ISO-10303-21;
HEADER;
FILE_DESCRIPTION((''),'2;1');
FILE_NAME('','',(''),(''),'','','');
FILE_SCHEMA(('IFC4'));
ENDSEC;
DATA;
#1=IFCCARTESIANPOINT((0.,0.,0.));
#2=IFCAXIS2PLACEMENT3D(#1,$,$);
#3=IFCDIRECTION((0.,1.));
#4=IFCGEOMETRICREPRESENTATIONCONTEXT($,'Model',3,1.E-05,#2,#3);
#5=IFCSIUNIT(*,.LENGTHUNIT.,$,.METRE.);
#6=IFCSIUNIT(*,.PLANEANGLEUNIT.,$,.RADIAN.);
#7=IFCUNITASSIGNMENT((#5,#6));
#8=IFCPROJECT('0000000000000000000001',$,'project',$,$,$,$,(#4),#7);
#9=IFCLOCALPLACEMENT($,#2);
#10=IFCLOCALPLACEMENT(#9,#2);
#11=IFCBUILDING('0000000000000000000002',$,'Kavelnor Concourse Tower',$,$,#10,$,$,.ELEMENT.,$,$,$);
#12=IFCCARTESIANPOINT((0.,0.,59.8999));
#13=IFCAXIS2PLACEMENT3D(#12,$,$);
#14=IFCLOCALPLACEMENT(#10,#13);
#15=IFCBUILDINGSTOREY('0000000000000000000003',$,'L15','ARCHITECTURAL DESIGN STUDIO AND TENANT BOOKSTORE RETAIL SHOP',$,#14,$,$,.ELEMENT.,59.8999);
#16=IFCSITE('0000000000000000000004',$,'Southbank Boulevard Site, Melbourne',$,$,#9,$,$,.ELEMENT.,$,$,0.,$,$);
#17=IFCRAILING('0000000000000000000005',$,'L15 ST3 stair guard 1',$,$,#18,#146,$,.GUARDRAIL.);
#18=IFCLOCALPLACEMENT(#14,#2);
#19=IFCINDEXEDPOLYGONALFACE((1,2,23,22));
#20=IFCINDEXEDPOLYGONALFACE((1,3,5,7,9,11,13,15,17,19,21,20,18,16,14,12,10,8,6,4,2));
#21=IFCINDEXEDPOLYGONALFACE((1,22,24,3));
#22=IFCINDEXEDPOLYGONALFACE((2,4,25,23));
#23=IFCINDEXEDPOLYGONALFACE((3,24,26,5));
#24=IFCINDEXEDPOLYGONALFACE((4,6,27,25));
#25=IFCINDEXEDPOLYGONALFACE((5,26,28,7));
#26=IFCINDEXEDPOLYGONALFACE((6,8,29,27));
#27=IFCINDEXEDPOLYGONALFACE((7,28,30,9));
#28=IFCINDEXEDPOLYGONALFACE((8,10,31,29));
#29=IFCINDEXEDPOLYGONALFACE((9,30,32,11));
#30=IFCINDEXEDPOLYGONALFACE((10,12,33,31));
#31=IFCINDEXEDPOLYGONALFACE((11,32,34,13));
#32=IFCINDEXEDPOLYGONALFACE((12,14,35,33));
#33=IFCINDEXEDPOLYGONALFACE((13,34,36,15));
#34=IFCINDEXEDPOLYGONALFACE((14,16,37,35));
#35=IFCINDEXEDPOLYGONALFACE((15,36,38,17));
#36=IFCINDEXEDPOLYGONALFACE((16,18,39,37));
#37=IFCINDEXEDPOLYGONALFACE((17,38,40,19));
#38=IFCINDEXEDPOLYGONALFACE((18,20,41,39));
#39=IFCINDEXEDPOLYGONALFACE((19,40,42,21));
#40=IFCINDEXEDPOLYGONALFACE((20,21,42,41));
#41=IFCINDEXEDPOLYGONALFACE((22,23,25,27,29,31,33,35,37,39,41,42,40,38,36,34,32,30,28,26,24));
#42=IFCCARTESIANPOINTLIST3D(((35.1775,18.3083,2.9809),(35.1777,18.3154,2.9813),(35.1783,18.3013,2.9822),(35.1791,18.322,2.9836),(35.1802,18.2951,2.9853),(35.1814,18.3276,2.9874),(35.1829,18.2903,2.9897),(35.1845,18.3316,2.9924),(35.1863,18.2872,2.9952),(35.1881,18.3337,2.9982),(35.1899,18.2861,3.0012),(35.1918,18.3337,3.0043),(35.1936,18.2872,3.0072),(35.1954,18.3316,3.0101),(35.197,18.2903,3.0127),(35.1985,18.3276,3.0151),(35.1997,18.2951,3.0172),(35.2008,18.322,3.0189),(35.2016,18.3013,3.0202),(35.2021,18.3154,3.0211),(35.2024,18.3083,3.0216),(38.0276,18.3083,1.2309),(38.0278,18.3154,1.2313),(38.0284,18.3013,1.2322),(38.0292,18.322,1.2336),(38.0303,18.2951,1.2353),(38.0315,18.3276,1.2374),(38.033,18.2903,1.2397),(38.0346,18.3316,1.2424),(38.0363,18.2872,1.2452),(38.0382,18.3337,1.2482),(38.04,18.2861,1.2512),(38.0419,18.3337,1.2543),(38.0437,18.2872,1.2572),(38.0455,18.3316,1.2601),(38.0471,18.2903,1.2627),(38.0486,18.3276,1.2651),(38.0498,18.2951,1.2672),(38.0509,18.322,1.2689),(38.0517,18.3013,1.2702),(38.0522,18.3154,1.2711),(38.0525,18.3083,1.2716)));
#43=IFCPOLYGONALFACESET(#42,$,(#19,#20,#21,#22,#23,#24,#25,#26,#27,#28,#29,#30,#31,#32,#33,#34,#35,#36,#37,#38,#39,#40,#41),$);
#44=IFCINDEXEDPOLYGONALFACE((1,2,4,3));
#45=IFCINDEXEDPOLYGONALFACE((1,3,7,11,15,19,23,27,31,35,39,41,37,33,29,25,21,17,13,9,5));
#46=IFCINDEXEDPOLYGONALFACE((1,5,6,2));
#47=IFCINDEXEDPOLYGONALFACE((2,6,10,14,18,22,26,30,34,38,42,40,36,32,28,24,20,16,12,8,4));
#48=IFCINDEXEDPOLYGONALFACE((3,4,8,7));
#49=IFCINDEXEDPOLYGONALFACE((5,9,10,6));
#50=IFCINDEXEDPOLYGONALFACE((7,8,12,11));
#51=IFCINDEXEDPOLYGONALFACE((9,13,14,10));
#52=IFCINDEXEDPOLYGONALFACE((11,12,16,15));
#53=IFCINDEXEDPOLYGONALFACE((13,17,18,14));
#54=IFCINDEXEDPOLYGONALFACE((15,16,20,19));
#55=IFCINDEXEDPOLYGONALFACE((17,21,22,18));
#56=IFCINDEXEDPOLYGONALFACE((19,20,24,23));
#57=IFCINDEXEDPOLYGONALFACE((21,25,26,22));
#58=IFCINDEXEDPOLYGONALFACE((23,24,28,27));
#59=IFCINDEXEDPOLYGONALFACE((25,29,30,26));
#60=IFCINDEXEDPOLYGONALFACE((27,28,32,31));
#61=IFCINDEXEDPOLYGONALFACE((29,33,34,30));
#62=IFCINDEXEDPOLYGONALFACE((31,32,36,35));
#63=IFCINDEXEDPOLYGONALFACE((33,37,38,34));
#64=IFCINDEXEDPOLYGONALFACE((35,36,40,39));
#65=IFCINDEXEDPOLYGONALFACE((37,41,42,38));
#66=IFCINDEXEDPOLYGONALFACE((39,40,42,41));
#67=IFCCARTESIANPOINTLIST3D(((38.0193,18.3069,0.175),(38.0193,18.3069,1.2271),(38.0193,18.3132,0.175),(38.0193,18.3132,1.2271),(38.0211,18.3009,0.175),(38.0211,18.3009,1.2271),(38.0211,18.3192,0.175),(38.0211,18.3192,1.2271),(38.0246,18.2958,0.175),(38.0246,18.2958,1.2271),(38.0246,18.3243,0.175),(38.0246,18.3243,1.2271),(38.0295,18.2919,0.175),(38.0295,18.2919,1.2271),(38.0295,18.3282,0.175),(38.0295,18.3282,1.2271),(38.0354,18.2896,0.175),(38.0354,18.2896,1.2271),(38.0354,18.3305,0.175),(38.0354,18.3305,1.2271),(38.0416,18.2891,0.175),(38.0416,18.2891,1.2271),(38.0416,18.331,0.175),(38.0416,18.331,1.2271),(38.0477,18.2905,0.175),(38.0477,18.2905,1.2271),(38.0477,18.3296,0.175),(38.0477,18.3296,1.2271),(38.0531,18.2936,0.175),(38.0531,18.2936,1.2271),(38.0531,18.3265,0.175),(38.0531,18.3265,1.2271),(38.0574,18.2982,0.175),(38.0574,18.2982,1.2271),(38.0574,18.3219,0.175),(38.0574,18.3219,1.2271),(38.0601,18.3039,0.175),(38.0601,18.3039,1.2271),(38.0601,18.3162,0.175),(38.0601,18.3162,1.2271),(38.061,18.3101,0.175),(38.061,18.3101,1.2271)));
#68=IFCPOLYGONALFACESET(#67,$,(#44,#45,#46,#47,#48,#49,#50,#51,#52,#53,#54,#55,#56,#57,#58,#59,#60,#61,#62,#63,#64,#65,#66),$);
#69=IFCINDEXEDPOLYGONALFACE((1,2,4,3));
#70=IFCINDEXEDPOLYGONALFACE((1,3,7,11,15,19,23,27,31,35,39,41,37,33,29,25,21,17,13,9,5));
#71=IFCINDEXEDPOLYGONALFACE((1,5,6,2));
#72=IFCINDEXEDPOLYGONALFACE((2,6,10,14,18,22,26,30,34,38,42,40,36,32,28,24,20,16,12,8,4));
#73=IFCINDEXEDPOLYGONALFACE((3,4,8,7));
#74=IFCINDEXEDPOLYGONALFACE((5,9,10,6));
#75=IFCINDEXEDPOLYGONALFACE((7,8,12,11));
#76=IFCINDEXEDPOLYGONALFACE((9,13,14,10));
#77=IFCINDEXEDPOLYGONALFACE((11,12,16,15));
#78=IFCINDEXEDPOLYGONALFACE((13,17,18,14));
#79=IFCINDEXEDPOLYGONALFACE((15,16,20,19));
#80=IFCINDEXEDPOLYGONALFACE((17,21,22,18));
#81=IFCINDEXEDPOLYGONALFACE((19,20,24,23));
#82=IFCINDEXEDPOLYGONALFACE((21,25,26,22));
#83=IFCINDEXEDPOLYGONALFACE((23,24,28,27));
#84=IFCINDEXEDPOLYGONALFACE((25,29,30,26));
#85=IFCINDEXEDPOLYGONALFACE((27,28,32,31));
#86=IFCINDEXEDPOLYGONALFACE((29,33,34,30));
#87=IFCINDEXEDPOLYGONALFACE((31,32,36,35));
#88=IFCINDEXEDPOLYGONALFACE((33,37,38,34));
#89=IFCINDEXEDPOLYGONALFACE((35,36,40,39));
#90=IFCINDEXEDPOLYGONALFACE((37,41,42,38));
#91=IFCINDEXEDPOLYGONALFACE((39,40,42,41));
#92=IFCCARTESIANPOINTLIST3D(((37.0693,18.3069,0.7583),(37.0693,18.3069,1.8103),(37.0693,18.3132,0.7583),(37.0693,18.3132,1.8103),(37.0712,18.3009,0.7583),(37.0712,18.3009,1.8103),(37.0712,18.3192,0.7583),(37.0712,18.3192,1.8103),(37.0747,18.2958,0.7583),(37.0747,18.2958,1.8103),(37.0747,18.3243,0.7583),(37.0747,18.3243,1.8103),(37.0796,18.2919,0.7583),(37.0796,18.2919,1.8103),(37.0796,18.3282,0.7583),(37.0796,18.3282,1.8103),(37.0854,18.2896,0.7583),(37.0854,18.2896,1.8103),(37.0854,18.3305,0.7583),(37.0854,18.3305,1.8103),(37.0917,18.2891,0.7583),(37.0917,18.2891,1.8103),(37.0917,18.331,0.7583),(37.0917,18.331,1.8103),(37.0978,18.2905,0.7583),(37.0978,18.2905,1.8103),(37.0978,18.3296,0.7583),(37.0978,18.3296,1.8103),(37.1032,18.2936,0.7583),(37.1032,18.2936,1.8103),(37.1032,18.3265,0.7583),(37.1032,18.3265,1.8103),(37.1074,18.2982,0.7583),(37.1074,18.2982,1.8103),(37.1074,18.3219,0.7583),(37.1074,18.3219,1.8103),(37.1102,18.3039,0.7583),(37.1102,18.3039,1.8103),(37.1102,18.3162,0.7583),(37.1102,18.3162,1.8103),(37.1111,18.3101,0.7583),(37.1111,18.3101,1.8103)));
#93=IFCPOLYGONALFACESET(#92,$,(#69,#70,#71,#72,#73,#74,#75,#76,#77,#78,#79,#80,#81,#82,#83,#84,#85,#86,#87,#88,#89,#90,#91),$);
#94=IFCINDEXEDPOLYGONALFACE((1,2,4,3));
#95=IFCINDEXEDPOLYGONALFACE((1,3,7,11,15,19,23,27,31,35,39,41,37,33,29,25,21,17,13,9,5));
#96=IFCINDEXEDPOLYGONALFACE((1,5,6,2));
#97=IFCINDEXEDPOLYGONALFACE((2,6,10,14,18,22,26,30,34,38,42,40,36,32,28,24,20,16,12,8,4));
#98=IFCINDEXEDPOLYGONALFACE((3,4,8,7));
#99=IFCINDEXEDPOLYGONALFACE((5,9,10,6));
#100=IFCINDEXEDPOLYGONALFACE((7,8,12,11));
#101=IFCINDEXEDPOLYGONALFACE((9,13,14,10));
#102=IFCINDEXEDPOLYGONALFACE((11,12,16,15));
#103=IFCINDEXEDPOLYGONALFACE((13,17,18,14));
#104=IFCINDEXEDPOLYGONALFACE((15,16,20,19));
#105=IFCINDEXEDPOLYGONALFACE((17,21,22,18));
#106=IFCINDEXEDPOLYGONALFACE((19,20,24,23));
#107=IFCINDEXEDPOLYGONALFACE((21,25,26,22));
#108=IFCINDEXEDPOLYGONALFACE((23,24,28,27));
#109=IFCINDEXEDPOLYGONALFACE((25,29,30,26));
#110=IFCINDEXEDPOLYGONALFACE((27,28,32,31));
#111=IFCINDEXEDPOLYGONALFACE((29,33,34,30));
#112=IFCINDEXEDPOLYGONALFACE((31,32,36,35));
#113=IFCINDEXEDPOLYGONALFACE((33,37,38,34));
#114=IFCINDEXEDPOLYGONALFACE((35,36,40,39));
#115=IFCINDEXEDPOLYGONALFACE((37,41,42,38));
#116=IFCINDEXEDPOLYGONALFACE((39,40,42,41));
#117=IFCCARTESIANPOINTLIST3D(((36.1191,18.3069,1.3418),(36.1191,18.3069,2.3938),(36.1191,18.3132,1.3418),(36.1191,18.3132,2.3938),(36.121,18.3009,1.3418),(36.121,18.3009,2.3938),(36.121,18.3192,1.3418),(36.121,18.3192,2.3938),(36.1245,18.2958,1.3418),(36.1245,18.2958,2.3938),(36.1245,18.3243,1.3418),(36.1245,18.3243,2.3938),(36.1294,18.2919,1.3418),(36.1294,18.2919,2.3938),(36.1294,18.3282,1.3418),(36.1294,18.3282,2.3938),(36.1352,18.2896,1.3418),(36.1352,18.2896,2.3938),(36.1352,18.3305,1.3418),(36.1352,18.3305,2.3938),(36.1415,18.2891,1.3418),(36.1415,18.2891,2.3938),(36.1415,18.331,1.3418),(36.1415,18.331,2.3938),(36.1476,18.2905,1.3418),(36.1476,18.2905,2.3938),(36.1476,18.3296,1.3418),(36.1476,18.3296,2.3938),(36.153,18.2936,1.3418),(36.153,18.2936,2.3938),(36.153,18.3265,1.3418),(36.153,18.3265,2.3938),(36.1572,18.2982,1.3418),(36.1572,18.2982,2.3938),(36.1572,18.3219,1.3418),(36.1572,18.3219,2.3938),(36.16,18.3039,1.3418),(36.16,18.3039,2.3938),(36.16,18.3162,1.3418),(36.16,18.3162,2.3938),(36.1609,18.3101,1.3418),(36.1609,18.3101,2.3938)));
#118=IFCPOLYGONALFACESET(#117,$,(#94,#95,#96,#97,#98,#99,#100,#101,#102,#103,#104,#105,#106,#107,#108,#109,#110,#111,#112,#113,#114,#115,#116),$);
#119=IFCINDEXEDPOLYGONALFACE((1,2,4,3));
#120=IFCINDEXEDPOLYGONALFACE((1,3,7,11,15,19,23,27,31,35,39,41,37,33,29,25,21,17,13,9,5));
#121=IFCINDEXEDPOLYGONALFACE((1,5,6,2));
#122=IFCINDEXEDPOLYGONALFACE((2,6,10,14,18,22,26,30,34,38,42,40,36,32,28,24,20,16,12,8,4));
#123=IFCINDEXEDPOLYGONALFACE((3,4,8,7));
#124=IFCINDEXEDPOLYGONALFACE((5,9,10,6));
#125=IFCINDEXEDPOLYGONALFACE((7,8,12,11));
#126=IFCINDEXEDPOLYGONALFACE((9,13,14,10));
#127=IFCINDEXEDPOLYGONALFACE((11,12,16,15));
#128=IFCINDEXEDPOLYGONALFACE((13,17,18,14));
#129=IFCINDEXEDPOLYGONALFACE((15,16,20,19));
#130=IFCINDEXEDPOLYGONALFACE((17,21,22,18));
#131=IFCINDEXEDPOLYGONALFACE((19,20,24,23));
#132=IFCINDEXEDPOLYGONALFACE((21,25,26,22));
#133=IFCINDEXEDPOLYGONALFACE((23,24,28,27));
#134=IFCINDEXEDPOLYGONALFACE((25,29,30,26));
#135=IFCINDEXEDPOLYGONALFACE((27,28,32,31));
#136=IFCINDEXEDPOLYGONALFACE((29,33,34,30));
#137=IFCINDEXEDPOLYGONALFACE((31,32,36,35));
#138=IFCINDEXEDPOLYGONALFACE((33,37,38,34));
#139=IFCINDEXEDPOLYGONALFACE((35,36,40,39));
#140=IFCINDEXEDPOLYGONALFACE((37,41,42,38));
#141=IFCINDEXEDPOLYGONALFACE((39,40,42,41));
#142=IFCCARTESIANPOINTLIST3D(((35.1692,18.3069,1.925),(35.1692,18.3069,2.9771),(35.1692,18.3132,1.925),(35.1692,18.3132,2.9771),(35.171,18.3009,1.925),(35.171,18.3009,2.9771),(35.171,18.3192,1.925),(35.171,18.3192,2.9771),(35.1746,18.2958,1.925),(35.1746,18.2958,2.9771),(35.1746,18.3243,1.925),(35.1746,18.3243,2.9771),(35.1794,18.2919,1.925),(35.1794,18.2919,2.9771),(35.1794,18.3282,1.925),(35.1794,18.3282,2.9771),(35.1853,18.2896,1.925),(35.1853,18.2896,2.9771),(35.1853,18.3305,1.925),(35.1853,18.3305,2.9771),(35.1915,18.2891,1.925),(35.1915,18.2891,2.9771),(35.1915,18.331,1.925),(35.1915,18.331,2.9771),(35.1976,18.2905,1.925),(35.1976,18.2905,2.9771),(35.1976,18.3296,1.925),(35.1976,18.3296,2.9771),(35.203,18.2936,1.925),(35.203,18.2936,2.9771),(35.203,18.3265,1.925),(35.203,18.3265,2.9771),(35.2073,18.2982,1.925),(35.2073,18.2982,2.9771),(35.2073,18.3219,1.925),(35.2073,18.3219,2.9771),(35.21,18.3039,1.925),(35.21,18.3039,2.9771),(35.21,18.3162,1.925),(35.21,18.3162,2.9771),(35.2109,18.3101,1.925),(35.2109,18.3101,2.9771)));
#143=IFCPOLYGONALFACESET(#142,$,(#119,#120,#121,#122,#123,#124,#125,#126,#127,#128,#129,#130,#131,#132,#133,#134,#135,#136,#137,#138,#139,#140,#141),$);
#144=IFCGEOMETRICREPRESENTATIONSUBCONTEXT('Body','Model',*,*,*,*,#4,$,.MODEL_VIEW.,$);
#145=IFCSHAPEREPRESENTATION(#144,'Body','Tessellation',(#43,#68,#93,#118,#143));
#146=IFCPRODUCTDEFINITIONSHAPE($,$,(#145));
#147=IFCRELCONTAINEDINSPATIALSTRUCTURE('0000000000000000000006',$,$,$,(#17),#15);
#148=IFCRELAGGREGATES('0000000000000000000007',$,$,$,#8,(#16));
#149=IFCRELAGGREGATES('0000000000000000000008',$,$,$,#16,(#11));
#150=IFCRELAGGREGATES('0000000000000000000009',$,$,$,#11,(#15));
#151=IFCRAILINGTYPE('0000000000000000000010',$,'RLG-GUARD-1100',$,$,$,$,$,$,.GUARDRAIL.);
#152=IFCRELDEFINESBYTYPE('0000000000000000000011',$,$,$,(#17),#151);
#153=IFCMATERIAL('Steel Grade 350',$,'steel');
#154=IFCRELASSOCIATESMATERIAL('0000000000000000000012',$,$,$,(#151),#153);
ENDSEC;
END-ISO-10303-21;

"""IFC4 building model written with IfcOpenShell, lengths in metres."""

from ifc_helpers import new_model, si_unit, direction, frame, origin, origin_2d, place, context, subcontext, project, spatial, circle, extrude, material, type_object, element, save


model = new_model("IFC4")

# Units and contexts
model_context = context("Model", 3, precision=1e-05, world=origin(), true_north=direction((0.0, 1.0)))
body_context = subcontext(model_context, "Body", "Model", "MODEL_VIEW")
ifc_project = project(units=[si_unit("LENGTHUNIT", "METRE"), si_unit("PLANEANGLEUNIT", "RADIAN")], contexts=[model_context])

# Site, building, storey
site_placement = place(None, origin())
site = spatial("IfcSite", under=ifc_project, at=site_placement, Name="Southbank Boulevard Site, Melbourne", CompositionType="ELEMENT", RefElevation=0.0)
building_placement = place(site_placement, origin())
building = spatial("IfcBuilding", under=site, at=building_placement, Name="Kavelnor Concourse Tower", CompositionType="ELEMENT")
storey_placement = place(building_placement, frame((0.0, 0.0, 59.8999)))
storey = spatial("IfcBuildingStorey", under=building, at=storey_placement, Name="L15", Description="ARCHITECTURAL DESIGN STUDIO AND TENANT BOOKSTORE RETAIL SHOP", CompositionType="ELEMENT", Elevation=59.8999)

# Shared definitions
ifc_material_1 = material(Name="Steel Grade 350", Category="steel")

# Railing
railing_type_1 = type_object("IfcRailingType", Name="RLG-GUARD-1100", PredefinedType="GUARDRAIL", material=ifc_material_1)
railing_1_placement = place(storey_placement, frame((38.04, 18.3101, 0.175)))
element("IfcRailing", 1, at=railing_1_placement, inside=storey, type_object=railing_type_1, Name="L15 ST3 stair guard 1", PredefinedType="GUARDRAIL", context=body_context, shape_type="SweptSolid", body=[
    extrude(circle(Radius=0.0239, at=origin_2d()), frame((0.0, 0.0, 1.0762), z_axis=(-0.852179, 0.0, 0.52325), x_axis=(0.0, -1.0, 0.0)), (0.0, 0.0, 1.0), 3.3445),
    extrude(circle(Radius=0.021, at=origin_2d()), origin(), (0.0, 0.0, 1.0), 1.052),
    extrude(circle(Radius=0.021, at=origin_2d()), frame((-0.95, 0.0, 0.5833)), (0.0, 0.0, 1.0), 1.052),
    extrude(circle(Radius=0.021, at=origin_2d()), frame((-1.9001, 0.0, 1.1667)), (0.0, 0.0, 1.0), 1.052),
    extrude(circle(Radius=0.021, at=origin_2d()), frame((-2.8501, 0.0, 1.75)), (0.0, 0.0, 1.0), 1.052),
])

save(model, "model.ifc")
